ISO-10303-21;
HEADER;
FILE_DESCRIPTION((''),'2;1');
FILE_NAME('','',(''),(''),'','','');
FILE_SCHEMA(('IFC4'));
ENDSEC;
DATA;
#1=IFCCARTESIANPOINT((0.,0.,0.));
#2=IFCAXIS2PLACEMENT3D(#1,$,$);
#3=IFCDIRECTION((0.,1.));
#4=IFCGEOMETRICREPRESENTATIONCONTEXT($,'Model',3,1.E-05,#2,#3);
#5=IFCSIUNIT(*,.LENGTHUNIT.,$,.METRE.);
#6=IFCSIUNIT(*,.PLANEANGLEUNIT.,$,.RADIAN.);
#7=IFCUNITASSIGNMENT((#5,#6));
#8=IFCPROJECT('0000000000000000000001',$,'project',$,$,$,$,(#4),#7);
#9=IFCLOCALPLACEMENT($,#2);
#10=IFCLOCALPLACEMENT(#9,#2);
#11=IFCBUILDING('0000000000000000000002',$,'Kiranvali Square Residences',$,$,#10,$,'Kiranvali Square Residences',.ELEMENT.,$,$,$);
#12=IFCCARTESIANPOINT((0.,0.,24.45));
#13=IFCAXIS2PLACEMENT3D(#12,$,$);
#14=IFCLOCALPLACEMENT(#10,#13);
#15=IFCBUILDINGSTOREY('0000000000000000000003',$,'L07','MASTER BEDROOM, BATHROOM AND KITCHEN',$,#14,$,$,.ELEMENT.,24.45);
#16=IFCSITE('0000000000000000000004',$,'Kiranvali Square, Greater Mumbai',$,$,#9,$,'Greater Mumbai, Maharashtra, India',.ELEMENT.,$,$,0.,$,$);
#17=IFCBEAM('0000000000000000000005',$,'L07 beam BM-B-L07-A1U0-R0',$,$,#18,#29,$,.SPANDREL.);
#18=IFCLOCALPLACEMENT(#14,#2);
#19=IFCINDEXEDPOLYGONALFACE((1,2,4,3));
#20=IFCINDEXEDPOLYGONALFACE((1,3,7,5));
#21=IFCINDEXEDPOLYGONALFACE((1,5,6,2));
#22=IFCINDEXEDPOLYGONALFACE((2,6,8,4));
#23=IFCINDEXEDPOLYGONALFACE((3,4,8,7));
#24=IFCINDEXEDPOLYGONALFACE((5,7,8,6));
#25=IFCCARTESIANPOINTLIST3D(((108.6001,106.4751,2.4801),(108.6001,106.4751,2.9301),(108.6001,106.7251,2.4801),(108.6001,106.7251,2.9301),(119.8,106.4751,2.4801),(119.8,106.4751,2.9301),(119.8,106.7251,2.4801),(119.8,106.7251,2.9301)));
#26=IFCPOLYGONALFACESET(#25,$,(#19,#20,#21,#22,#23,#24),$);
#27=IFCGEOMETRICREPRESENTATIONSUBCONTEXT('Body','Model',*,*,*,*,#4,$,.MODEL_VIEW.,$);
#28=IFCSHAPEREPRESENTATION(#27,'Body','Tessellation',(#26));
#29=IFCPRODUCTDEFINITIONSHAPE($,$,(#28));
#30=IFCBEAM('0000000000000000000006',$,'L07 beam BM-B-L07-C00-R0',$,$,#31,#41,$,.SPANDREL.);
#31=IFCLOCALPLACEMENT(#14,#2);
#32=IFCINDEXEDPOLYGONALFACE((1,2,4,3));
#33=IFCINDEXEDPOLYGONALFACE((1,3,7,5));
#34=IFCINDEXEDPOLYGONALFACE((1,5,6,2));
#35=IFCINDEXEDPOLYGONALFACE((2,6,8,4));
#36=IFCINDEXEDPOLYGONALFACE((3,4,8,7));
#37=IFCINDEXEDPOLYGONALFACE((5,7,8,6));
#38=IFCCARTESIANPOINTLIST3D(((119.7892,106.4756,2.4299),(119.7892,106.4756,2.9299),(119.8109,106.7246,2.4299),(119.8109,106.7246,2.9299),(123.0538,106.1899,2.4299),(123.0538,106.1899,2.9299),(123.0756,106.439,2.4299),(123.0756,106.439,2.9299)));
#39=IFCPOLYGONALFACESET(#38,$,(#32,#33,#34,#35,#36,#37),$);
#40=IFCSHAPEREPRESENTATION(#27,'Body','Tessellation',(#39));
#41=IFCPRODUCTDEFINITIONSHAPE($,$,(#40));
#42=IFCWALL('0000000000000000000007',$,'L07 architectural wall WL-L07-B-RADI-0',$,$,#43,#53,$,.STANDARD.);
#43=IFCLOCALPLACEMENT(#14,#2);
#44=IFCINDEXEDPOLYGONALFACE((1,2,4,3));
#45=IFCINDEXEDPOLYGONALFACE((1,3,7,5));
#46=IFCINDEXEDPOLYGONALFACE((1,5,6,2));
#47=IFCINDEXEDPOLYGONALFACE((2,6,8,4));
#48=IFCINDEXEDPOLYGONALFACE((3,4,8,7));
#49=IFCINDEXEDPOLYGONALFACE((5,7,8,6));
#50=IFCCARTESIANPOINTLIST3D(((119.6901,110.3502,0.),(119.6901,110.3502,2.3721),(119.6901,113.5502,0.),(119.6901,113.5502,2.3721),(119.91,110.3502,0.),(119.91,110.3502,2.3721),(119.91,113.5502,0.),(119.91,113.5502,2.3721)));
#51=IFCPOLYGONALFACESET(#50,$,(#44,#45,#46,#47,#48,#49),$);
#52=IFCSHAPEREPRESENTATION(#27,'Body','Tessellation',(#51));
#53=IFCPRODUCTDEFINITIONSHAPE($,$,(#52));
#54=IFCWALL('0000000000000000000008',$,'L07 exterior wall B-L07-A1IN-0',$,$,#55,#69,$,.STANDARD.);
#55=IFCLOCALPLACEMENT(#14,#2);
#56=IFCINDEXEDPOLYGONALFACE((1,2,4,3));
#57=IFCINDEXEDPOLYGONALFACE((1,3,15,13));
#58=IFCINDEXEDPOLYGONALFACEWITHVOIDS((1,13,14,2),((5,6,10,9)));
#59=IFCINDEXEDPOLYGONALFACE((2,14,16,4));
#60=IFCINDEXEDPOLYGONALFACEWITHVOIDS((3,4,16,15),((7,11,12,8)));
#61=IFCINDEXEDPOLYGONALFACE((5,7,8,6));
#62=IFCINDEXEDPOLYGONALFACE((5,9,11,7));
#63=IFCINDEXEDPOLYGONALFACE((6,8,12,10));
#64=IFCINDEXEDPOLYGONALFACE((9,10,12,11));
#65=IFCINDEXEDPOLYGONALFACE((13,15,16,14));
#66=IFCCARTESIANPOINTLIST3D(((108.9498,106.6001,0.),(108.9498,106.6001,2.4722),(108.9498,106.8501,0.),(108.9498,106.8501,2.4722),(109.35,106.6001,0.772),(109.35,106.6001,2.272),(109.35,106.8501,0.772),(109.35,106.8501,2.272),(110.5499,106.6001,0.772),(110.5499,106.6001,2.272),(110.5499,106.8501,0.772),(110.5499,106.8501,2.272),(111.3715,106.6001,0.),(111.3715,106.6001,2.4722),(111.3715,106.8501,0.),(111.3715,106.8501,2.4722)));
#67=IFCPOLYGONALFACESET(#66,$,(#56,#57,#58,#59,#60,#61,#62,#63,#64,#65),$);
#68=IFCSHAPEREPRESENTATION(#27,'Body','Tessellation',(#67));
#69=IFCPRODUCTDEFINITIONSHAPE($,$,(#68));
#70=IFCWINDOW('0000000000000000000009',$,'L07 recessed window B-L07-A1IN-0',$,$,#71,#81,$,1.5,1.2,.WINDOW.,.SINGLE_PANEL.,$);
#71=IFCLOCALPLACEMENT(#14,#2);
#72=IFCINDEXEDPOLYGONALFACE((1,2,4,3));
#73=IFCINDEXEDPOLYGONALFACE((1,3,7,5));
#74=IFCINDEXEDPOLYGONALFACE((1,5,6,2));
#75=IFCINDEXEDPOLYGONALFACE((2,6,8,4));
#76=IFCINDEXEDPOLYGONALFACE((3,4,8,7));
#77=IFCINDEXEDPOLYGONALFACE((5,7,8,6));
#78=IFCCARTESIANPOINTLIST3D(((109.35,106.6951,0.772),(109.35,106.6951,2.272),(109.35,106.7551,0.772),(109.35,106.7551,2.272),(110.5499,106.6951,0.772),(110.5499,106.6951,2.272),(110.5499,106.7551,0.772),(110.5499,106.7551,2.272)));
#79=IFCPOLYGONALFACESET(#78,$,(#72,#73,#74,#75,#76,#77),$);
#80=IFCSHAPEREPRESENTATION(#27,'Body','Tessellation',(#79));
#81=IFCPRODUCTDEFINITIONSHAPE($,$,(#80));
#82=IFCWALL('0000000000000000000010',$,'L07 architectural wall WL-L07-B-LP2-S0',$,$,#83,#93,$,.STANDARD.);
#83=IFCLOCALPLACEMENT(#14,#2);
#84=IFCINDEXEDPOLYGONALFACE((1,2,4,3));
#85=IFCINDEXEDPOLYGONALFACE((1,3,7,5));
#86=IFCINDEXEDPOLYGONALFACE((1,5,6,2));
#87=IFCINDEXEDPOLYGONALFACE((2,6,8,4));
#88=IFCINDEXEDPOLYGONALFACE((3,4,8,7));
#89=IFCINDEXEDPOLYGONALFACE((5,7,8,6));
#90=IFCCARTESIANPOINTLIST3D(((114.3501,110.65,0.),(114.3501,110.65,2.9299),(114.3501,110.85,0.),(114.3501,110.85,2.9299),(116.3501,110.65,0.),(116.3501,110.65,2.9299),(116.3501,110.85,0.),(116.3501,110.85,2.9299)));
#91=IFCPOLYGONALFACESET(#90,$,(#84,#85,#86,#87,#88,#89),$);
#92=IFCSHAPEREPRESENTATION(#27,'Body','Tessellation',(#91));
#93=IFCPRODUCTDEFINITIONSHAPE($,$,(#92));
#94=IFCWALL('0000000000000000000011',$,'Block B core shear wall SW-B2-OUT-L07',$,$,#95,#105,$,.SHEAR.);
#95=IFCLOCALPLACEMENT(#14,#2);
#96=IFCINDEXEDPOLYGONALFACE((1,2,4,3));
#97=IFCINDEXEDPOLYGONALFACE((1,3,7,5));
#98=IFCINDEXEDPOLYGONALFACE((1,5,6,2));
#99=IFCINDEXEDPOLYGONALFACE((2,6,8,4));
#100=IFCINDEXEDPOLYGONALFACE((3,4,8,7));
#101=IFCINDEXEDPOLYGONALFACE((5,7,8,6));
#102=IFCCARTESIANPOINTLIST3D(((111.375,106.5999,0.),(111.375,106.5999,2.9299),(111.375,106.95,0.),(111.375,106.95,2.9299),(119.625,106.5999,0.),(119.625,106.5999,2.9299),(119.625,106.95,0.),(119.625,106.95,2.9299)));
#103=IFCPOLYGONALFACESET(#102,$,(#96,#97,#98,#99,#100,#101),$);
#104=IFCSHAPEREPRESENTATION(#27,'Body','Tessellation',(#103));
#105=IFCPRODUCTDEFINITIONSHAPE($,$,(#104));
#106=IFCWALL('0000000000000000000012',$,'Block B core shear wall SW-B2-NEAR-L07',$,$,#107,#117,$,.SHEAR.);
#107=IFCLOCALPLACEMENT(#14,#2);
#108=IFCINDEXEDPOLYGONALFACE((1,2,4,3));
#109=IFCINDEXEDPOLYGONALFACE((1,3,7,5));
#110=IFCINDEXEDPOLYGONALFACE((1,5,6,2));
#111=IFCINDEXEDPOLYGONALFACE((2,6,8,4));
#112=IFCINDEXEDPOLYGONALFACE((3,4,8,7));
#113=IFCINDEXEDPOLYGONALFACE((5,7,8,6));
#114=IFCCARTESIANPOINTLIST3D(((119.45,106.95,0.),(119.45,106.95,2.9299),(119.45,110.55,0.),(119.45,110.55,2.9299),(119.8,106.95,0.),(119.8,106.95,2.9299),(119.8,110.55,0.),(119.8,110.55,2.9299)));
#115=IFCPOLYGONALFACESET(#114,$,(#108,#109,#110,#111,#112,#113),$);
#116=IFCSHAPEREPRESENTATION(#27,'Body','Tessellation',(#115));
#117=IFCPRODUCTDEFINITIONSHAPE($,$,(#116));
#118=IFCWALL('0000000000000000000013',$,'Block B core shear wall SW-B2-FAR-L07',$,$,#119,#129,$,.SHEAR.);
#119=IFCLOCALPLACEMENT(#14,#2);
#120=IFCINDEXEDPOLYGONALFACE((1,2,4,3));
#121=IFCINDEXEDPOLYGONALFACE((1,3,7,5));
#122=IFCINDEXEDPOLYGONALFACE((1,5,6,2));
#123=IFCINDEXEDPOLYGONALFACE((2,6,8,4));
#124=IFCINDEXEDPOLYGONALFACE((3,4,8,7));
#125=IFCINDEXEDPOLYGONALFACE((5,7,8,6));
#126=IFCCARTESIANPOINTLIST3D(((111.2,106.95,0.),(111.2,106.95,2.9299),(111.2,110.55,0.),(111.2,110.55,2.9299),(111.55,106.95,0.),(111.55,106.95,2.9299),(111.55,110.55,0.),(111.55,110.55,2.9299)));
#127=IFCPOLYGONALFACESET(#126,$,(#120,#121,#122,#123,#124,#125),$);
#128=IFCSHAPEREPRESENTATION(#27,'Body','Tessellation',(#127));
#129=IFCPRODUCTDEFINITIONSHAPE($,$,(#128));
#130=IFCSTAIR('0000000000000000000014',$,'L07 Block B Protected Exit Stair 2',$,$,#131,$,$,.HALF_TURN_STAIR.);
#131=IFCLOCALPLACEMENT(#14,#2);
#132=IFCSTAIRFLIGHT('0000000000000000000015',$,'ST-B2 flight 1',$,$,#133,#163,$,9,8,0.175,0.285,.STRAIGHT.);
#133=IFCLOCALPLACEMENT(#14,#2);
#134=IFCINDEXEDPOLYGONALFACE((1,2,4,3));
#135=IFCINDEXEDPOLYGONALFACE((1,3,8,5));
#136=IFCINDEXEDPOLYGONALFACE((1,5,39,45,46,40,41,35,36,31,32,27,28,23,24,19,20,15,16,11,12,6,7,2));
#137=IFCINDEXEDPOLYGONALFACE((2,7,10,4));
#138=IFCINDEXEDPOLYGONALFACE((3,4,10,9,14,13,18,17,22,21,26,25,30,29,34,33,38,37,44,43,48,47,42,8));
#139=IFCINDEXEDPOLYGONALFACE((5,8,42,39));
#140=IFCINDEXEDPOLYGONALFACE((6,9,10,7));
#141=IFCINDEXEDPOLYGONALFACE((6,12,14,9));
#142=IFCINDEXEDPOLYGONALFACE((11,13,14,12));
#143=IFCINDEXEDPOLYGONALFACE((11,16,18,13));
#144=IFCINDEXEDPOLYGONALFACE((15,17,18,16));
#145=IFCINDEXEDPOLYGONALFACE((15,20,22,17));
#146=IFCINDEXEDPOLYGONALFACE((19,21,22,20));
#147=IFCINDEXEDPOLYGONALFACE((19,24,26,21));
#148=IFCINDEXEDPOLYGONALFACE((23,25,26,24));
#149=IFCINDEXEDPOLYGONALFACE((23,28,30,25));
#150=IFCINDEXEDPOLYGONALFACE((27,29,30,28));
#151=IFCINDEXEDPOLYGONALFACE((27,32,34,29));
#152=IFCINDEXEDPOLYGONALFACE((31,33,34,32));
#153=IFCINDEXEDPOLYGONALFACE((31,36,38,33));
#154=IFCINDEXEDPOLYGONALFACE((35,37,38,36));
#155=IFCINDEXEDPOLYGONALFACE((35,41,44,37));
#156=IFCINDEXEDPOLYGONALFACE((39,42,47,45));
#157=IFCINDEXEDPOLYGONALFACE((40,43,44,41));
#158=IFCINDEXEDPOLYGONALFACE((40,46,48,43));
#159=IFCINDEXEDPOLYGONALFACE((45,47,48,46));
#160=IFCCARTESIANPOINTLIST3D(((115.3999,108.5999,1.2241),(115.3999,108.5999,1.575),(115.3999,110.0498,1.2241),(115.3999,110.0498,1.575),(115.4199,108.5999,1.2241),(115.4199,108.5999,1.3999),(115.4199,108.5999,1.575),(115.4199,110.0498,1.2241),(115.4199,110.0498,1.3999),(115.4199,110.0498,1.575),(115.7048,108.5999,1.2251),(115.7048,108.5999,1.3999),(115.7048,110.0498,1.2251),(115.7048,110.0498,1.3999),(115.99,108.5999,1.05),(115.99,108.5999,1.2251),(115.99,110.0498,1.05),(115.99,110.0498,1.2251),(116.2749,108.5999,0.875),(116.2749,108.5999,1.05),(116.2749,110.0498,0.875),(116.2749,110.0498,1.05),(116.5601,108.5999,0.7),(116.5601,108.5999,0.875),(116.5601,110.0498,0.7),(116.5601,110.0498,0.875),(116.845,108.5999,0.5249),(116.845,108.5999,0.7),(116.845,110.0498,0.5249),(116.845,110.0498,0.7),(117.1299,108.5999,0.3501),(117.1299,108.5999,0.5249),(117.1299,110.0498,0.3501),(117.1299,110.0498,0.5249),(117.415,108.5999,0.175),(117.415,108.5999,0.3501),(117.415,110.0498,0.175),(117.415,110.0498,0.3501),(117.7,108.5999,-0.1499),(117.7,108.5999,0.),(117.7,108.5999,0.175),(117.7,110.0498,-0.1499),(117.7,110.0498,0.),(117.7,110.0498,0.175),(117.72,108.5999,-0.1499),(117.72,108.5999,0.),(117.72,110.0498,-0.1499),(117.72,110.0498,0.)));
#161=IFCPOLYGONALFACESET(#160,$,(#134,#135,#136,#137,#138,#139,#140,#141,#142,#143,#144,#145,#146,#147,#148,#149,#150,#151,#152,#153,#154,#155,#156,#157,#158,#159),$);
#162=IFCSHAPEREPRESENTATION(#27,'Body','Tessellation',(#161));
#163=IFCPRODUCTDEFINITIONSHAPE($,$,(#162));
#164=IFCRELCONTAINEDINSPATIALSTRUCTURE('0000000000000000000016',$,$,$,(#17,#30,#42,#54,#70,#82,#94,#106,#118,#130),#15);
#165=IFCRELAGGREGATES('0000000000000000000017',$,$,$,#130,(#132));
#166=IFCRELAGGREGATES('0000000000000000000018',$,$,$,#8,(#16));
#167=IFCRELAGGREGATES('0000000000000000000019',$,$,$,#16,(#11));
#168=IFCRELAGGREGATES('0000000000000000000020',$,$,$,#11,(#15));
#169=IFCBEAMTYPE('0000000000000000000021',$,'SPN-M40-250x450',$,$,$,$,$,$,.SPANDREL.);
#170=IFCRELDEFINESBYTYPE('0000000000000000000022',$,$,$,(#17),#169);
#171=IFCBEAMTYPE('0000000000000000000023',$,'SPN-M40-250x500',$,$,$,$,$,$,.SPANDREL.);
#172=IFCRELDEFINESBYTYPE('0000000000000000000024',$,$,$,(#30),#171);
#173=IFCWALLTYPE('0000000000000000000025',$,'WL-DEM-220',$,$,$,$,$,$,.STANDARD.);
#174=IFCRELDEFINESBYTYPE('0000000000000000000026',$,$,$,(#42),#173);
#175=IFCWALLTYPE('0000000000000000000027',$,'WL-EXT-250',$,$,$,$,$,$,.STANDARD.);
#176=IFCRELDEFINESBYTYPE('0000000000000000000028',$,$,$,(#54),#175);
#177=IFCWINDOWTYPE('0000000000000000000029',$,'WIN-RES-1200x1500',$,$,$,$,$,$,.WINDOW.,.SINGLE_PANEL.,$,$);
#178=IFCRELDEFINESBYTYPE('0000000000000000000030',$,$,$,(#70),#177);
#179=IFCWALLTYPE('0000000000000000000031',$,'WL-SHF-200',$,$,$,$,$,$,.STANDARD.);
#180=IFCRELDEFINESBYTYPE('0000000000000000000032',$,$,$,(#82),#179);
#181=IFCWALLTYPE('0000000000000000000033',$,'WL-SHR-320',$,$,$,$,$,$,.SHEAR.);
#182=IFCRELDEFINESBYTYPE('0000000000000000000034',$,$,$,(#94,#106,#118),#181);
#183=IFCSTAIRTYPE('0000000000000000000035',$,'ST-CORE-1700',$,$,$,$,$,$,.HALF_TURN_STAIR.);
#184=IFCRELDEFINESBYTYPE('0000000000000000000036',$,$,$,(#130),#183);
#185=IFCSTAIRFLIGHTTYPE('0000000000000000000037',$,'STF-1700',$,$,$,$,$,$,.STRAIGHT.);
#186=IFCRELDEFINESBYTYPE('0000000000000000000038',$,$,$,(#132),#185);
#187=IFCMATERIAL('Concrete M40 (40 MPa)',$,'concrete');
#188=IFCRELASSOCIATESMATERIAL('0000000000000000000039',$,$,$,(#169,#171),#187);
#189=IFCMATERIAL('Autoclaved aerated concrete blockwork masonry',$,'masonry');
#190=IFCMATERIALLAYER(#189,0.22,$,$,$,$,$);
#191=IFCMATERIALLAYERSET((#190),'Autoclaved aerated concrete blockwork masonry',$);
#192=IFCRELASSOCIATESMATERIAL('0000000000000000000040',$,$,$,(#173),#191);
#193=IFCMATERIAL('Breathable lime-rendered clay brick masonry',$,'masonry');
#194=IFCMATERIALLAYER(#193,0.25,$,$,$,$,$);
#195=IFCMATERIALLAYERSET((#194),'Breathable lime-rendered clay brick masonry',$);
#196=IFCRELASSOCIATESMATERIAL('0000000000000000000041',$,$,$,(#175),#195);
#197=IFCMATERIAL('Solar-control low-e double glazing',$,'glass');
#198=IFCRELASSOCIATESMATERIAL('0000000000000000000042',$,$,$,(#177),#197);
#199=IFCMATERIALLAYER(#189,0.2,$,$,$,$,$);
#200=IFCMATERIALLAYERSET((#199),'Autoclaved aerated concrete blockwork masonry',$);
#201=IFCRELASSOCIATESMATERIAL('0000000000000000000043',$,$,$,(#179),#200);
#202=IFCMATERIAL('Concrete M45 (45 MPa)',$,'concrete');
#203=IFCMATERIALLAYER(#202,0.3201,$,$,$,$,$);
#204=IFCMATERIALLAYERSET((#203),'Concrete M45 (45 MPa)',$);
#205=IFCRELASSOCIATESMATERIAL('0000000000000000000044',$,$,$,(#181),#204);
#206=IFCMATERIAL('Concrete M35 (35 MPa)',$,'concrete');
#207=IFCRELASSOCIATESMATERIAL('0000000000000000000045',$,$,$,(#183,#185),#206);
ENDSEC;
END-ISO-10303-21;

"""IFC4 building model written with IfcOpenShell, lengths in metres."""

from ifc_helpers import new_model, si_unit, direction, frame, frame_2d, origin, origin_2d, place, context, subcontext, project, spatial, polyline, rectangle, outline, extrude, material, layer, layer_set, material_profile, profile_set, type_object, element, fill, aggregate, save


model = new_model("IFC4")

# Units and contexts
model_context = context("Model", 3, precision=1e-05, world=origin(), true_north=direction((0.0, 1.0)))
body_context = subcontext(model_context, "Body", "Model", "MODEL_VIEW")
ifc_project = project(units=[si_unit("LENGTHUNIT", "METRE"), si_unit("PLANEANGLEUNIT", "RADIAN")], contexts=[model_context])

# Site, building, storey
site_placement = place(None, origin())
site = spatial("IfcSite", under=ifc_project, at=site_placement, Name="Kiranvali Square, Greater Mumbai", LongName="Greater Mumbai, Maharashtra, India", CompositionType="ELEMENT", RefElevation=0.0)
building_placement = place(site_placement, origin())
building = spatial("IfcBuilding", under=site, at=building_placement, Name="Kiranvali Square Residences", LongName="Kiranvali Square Residences", CompositionType="ELEMENT")
storey_placement = place(building_placement, frame((0.0, 0.0, 24.45)))
storey = spatial("IfcBuildingStorey", under=building, at=storey_placement, Name="L07", Description="MASTER BEDROOM, BATHROOM AND KITCHEN", CompositionType="ELEMENT", Elevation=24.45)

# Beams
ifc_material_1 = material(Name="Concrete M40 (40 MPa)", Category="concrete")
ifc_material_profile_1 = material_profile(ifc_material_1, rectangle(XDim=0.25, YDim=0.45, at=origin_2d()), Name="RC 250x450")
ifc_profile_set_1 = profile_set([ifc_material_profile_1], Name="Concrete M40 (40 MPa)")
beam_type_1 = type_object("IfcBeamType", Name="SPN-M40-250x450", PredefinedType="SPANDREL", material=ifc_profile_set_1)
beam_1_placement = place(storey_placement, frame((119.8, 106.6001, 2.7051), z_axis=(-1.0, 0.0, 0.0), x_axis=(0.0, -1.0, 0.0)))
element("IfcBeam", 1, at=beam_1_placement, inside=storey, type_object=beam_type_1, Name="L07 beam BM-B-L07-A1U0-R0", PredefinedType="SPANDREL", context=body_context, shape_type="SweptSolid", body=[
    extrude(rectangle(XDim=0.25, YDim=0.45, at=origin_2d()), origin(), (0.0, 0.0, 1.0), 11.2),
])
ifc_material_profile_2 = material_profile(ifc_material_1, rectangle(XDim=0.25, YDim=0.5, at=origin_2d()), Name="RC 250x500")
ifc_profile_set_2 = profile_set([ifc_material_profile_2], Name="Concrete M40 (40 MPa)")
beam_type_2 = type_object("IfcBeamType", Name="SPN-M40-250x500", PredefinedType="SPANDREL", material=ifc_profile_set_2)
beam_2_placement = place(storey_placement, frame((119.8, 106.6001, 2.6799), z_axis=(0.996194, -0.087163, 0.0), x_axis=(0.087163, 0.996194, 0.0)))
element("IfcBeam", 2, at=beam_2_placement, inside=storey, type_object=beam_type_2, Name="L07 beam BM-B-L07-C00-R0", PredefinedType="SPANDREL", context=body_context, shape_type="SweptSolid", body=[
    extrude(rectangle(XDim=0.25, YDim=0.5, at=origin_2d()), origin(), (0.0, 0.0, 1.0), 3.2771),
])

# Wall
ifc_material_2 = material(Name="Autoclaved aerated concrete blockwork masonry", Category="masonry")
ifc_layer_1 = layer(ifc_material_2, 0.22)
ifc_layer_set_1 = layer_set([ifc_layer_1], Name="Autoclaved aerated concrete blockwork masonry")
wall_type_1 = type_object("IfcWallType", Name="WL-DEM-220", PredefinedType="STANDARD", material=ifc_layer_set_1)
wall_1_placement = place(storey_placement, frame((119.8, 110.3501, 0.0), z_axis=(0.0, 0.0, 1.0), x_axis=(0.0, 1.0, 0.0)))
element("IfcWall", 3, at=wall_1_placement, inside=storey, type_object=wall_type_1, Name="L07 architectural wall WL-L07-B-RADI-0", PredefinedType="STANDARD", context=body_context, shape_type="SweptSolid", body=[
    extrude(rectangle(XDim=3.2, YDim=0.22, at=frame_2d((1.6001, 0.0))), origin(), (0.0, 0.0, 1.0), 2.3721),
])

# Wall, opening, window
ifc_material_3 = material(Name="Breathable lime-rendered clay brick masonry", Category="masonry")
ifc_layer_2 = layer(ifc_material_3, 0.25)
ifc_layer_set_2 = layer_set([ifc_layer_2], Name="Breathable lime-rendered clay brick masonry")
wall_type_2 = type_object("IfcWallType", Name="WL-EXT-250", PredefinedType="STANDARD", material=ifc_layer_set_2)
wall_2_placement = place(storey_placement, frame((111.3716, 106.7251, 0.0), z_axis=(0.0, 0.0, 1.0), x_axis=(-1.0, 0.0, 0.0)))
wall_2 = element("IfcWall", 4, at=wall_2_placement, inside=storey, type_object=wall_type_2, Name="L07 exterior wall B-L07-A1IN-0", PredefinedType="STANDARD", context=body_context, shape_type="SweptSolid", body=[
    extrude(rectangle(XDim=2.4216, YDim=0.25, at=frame_2d((1.2109, 0.0))), origin(), (0.0, 0.0, 1.0), 2.4722),
])
opening_1_placement = place(wall_2_placement, frame((0.8215, 0.0, 0.772)))
opening_1 = element("IfcOpeningElement", 5, at=opening_1_placement, cuts=wall_2, PredefinedType="OPENING", context=body_context, shape_type="SweptSolid", body=[
    extrude(rectangle(XDim=1.2, YDim=1.5, at=frame_2d((0.6001, 0.75))), frame((0.0, 0.135, 0.0), z_axis=(0.0, -1.0, 0.0), x_axis=(1.0, 0.0, 0.0)), (0.0, 0.0, 1.0), 0.27),
])
ifc_material_4 = material(Name="Solar-control low-e double glazing", Category="glass")
window_type = type_object("IfcWindowType", Name="WIN-RES-1200x1500", PartitioningType="SINGLE_PANEL", PredefinedType="WINDOW", material=ifc_material_4)
window_placement = place(opening_1_placement, origin())
window = element("IfcWindow", 6, at=window_placement, inside=storey, type_object=window_type, Name="L07 recessed window B-L07-A1IN-0", OverallHeight=1.5, OverallWidth=1.2, PartitioningType="SINGLE_PANEL", PredefinedType="WINDOW", context=body_context, shape_type="SweptSolid", body=[
    extrude(rectangle(XDim=1.2, YDim=1.5, at=frame_2d((0.6001, 0.75))), frame((0.0, 0.03, 0.0), z_axis=(0.0, -1.0, 0.0), x_axis=(1.0, 0.0, 0.0)), (0.0, 0.0, 1.0), 0.0601),
])
fill(opening_1, window)

# Wall
ifc_layer_3 = layer(ifc_material_2, 0.2)
ifc_layer_set_3 = layer_set([ifc_layer_3], Name="Autoclaved aerated concrete blockwork masonry")
wall_type_3 = type_object("IfcWallType", Name="WL-SHF-200", PredefinedType="STANDARD", material=ifc_layer_set_3)
wall_3_placement = place(storey_placement, frame((116.3501, 110.75, 0.0), z_axis=(0.0, 0.0, 1.0), x_axis=(-1.0, 0.0, 0.0)))
element("IfcWall", 7, at=wall_3_placement, inside=storey, type_object=wall_type_3, Name="L07 architectural wall WL-L07-B-LP2-S0", PredefinedType="STANDARD", context=body_context, shape_type="SweptSolid", body=[
    extrude(rectangle(XDim=2.0, YDim=0.2, at=frame_2d((1.0, 0.0))), origin(), (0.0, 0.0, 1.0), 2.9299),
])

# Wall
ifc_material_5 = material(Name="Concrete M45 (45 MPa)", Category="concrete")
ifc_layer_4 = layer(ifc_material_5, 0.3201)
ifc_layer_set_4 = layer_set([ifc_layer_4], Name="Concrete M45 (45 MPa)")
wall_type_4 = type_object("IfcWallType", Name="WL-SHR-320", PredefinedType="SHEAR", material=ifc_layer_set_4)
wall_4_placement = place(storey_placement, frame((119.625, 106.7749, 0.0), z_axis=(0.0, 0.0, 1.0), x_axis=(-1.0, 0.0, 0.0)))
element("IfcWall", 8, at=wall_4_placement, inside=storey, type_object=wall_type_4, Name="Block B core shear wall SW-B2-OUT-L07", PredefinedType="SHEAR", context=body_context, shape_type="SweptSolid", body=[
    extrude(rectangle(XDim=8.25, YDim=0.3501, at=frame_2d((4.125, 0.0))), origin(), (0.0, 0.0, 1.0), 2.9299),
])

# Walls
for number, where, z_axis, x_axis, name in (
    (9, (119.625, 106.95, 0.0), (0.0, 0.0, 1.0), (0.0, 1.0, 0.0), "Block B core shear wall SW-B2-NEAR-L07"),
    (10, (111.375, 106.95, 0.0), (0.0, 0.0, 1.0), (0.0, 1.0, 0.0), "Block B core shear wall SW-B2-FAR-L07"),
):
    element("IfcWall", number, at=place(storey_placement, frame(where, z_axis=z_axis, x_axis=x_axis)), inside=storey, type_object=wall_type_4, Name=name, PredefinedType="SHEAR", context=body_context, shape_type="SweptSolid", body=[
        extrude(rectangle(XDim=3.6001, YDim=0.3501, at=frame_2d((1.8, 0.0))), origin(), (0.0, 0.0, 1.0), 2.9299),
    ])

# Stair, stair flight
ifc_material_6 = material(Name="Concrete M35 (35 MPa)", Category="concrete")
stair_type = type_object("IfcStairType", Name="ST-CORE-1700", PredefinedType="HALF_TURN_STAIR", material=ifc_material_6)
stair_placement = place(storey_placement, origin())
stair = element("IfcStair", 11, at=stair_placement, inside=storey, type_object=stair_type, Name="L07 Block B Protected Exit Stair 2", PredefinedType="HALF_TURN_STAIR")
stair_flight_type = type_object("IfcStairFlightType", Name="STF-1700", PredefinedType="STRAIGHT", material=ifc_material_6)
stair_flight_1_placement = place(storey_placement, frame((117.7, 109.325, 0.0), z_axis=(0.0, 0.0, 1.0), x_axis=(-1.0, 0.0, 0.0)))
stair_flight_1 = element("IfcStairFlight", 12, at=stair_flight_1_placement, type_object=stair_flight_type, Name="ST-B2 flight 1", NumberOfRisers=9, NumberOfTreads=8, PredefinedType="STRAIGHT", RiserHeight=0.175, TreadLength=0.285, context=body_context, shape_type="SweptSolid", body=[
    extrude(outline(polyline([(-0.02, -0.1499), (-0.02, 0.0), (0.0, 0.0), (0.0, 0.175), (0.2849, 0.175), (0.2849, 0.3501), (0.5701, 0.3501), (0.5701, 0.5249), (0.855, 0.5249), (0.855, 0.7), (1.1399, 0.7), (1.1399, 0.875), (1.425, 0.875), (1.425, 1.05), (1.71, 1.05), (1.71, 1.2251), (1.9951, 1.2251), (1.9951, 1.3999), (2.28, 1.3999), (2.28, 1.575), (2.3, 1.575), (2.3, 1.2241), (2.28, 1.2241), (0.0, -0.1499), (-0.02, -0.1499)])), frame((0.0, 0.7251, 0.0), z_axis=(0.0, -1.0, 0.0), x_axis=(1.0, 0.0, 0.0)), (0.0, 0.0, 1.0), 1.45),
])
aggregate(stair, [stair_flight_1])

save(model, "model.ifc")
